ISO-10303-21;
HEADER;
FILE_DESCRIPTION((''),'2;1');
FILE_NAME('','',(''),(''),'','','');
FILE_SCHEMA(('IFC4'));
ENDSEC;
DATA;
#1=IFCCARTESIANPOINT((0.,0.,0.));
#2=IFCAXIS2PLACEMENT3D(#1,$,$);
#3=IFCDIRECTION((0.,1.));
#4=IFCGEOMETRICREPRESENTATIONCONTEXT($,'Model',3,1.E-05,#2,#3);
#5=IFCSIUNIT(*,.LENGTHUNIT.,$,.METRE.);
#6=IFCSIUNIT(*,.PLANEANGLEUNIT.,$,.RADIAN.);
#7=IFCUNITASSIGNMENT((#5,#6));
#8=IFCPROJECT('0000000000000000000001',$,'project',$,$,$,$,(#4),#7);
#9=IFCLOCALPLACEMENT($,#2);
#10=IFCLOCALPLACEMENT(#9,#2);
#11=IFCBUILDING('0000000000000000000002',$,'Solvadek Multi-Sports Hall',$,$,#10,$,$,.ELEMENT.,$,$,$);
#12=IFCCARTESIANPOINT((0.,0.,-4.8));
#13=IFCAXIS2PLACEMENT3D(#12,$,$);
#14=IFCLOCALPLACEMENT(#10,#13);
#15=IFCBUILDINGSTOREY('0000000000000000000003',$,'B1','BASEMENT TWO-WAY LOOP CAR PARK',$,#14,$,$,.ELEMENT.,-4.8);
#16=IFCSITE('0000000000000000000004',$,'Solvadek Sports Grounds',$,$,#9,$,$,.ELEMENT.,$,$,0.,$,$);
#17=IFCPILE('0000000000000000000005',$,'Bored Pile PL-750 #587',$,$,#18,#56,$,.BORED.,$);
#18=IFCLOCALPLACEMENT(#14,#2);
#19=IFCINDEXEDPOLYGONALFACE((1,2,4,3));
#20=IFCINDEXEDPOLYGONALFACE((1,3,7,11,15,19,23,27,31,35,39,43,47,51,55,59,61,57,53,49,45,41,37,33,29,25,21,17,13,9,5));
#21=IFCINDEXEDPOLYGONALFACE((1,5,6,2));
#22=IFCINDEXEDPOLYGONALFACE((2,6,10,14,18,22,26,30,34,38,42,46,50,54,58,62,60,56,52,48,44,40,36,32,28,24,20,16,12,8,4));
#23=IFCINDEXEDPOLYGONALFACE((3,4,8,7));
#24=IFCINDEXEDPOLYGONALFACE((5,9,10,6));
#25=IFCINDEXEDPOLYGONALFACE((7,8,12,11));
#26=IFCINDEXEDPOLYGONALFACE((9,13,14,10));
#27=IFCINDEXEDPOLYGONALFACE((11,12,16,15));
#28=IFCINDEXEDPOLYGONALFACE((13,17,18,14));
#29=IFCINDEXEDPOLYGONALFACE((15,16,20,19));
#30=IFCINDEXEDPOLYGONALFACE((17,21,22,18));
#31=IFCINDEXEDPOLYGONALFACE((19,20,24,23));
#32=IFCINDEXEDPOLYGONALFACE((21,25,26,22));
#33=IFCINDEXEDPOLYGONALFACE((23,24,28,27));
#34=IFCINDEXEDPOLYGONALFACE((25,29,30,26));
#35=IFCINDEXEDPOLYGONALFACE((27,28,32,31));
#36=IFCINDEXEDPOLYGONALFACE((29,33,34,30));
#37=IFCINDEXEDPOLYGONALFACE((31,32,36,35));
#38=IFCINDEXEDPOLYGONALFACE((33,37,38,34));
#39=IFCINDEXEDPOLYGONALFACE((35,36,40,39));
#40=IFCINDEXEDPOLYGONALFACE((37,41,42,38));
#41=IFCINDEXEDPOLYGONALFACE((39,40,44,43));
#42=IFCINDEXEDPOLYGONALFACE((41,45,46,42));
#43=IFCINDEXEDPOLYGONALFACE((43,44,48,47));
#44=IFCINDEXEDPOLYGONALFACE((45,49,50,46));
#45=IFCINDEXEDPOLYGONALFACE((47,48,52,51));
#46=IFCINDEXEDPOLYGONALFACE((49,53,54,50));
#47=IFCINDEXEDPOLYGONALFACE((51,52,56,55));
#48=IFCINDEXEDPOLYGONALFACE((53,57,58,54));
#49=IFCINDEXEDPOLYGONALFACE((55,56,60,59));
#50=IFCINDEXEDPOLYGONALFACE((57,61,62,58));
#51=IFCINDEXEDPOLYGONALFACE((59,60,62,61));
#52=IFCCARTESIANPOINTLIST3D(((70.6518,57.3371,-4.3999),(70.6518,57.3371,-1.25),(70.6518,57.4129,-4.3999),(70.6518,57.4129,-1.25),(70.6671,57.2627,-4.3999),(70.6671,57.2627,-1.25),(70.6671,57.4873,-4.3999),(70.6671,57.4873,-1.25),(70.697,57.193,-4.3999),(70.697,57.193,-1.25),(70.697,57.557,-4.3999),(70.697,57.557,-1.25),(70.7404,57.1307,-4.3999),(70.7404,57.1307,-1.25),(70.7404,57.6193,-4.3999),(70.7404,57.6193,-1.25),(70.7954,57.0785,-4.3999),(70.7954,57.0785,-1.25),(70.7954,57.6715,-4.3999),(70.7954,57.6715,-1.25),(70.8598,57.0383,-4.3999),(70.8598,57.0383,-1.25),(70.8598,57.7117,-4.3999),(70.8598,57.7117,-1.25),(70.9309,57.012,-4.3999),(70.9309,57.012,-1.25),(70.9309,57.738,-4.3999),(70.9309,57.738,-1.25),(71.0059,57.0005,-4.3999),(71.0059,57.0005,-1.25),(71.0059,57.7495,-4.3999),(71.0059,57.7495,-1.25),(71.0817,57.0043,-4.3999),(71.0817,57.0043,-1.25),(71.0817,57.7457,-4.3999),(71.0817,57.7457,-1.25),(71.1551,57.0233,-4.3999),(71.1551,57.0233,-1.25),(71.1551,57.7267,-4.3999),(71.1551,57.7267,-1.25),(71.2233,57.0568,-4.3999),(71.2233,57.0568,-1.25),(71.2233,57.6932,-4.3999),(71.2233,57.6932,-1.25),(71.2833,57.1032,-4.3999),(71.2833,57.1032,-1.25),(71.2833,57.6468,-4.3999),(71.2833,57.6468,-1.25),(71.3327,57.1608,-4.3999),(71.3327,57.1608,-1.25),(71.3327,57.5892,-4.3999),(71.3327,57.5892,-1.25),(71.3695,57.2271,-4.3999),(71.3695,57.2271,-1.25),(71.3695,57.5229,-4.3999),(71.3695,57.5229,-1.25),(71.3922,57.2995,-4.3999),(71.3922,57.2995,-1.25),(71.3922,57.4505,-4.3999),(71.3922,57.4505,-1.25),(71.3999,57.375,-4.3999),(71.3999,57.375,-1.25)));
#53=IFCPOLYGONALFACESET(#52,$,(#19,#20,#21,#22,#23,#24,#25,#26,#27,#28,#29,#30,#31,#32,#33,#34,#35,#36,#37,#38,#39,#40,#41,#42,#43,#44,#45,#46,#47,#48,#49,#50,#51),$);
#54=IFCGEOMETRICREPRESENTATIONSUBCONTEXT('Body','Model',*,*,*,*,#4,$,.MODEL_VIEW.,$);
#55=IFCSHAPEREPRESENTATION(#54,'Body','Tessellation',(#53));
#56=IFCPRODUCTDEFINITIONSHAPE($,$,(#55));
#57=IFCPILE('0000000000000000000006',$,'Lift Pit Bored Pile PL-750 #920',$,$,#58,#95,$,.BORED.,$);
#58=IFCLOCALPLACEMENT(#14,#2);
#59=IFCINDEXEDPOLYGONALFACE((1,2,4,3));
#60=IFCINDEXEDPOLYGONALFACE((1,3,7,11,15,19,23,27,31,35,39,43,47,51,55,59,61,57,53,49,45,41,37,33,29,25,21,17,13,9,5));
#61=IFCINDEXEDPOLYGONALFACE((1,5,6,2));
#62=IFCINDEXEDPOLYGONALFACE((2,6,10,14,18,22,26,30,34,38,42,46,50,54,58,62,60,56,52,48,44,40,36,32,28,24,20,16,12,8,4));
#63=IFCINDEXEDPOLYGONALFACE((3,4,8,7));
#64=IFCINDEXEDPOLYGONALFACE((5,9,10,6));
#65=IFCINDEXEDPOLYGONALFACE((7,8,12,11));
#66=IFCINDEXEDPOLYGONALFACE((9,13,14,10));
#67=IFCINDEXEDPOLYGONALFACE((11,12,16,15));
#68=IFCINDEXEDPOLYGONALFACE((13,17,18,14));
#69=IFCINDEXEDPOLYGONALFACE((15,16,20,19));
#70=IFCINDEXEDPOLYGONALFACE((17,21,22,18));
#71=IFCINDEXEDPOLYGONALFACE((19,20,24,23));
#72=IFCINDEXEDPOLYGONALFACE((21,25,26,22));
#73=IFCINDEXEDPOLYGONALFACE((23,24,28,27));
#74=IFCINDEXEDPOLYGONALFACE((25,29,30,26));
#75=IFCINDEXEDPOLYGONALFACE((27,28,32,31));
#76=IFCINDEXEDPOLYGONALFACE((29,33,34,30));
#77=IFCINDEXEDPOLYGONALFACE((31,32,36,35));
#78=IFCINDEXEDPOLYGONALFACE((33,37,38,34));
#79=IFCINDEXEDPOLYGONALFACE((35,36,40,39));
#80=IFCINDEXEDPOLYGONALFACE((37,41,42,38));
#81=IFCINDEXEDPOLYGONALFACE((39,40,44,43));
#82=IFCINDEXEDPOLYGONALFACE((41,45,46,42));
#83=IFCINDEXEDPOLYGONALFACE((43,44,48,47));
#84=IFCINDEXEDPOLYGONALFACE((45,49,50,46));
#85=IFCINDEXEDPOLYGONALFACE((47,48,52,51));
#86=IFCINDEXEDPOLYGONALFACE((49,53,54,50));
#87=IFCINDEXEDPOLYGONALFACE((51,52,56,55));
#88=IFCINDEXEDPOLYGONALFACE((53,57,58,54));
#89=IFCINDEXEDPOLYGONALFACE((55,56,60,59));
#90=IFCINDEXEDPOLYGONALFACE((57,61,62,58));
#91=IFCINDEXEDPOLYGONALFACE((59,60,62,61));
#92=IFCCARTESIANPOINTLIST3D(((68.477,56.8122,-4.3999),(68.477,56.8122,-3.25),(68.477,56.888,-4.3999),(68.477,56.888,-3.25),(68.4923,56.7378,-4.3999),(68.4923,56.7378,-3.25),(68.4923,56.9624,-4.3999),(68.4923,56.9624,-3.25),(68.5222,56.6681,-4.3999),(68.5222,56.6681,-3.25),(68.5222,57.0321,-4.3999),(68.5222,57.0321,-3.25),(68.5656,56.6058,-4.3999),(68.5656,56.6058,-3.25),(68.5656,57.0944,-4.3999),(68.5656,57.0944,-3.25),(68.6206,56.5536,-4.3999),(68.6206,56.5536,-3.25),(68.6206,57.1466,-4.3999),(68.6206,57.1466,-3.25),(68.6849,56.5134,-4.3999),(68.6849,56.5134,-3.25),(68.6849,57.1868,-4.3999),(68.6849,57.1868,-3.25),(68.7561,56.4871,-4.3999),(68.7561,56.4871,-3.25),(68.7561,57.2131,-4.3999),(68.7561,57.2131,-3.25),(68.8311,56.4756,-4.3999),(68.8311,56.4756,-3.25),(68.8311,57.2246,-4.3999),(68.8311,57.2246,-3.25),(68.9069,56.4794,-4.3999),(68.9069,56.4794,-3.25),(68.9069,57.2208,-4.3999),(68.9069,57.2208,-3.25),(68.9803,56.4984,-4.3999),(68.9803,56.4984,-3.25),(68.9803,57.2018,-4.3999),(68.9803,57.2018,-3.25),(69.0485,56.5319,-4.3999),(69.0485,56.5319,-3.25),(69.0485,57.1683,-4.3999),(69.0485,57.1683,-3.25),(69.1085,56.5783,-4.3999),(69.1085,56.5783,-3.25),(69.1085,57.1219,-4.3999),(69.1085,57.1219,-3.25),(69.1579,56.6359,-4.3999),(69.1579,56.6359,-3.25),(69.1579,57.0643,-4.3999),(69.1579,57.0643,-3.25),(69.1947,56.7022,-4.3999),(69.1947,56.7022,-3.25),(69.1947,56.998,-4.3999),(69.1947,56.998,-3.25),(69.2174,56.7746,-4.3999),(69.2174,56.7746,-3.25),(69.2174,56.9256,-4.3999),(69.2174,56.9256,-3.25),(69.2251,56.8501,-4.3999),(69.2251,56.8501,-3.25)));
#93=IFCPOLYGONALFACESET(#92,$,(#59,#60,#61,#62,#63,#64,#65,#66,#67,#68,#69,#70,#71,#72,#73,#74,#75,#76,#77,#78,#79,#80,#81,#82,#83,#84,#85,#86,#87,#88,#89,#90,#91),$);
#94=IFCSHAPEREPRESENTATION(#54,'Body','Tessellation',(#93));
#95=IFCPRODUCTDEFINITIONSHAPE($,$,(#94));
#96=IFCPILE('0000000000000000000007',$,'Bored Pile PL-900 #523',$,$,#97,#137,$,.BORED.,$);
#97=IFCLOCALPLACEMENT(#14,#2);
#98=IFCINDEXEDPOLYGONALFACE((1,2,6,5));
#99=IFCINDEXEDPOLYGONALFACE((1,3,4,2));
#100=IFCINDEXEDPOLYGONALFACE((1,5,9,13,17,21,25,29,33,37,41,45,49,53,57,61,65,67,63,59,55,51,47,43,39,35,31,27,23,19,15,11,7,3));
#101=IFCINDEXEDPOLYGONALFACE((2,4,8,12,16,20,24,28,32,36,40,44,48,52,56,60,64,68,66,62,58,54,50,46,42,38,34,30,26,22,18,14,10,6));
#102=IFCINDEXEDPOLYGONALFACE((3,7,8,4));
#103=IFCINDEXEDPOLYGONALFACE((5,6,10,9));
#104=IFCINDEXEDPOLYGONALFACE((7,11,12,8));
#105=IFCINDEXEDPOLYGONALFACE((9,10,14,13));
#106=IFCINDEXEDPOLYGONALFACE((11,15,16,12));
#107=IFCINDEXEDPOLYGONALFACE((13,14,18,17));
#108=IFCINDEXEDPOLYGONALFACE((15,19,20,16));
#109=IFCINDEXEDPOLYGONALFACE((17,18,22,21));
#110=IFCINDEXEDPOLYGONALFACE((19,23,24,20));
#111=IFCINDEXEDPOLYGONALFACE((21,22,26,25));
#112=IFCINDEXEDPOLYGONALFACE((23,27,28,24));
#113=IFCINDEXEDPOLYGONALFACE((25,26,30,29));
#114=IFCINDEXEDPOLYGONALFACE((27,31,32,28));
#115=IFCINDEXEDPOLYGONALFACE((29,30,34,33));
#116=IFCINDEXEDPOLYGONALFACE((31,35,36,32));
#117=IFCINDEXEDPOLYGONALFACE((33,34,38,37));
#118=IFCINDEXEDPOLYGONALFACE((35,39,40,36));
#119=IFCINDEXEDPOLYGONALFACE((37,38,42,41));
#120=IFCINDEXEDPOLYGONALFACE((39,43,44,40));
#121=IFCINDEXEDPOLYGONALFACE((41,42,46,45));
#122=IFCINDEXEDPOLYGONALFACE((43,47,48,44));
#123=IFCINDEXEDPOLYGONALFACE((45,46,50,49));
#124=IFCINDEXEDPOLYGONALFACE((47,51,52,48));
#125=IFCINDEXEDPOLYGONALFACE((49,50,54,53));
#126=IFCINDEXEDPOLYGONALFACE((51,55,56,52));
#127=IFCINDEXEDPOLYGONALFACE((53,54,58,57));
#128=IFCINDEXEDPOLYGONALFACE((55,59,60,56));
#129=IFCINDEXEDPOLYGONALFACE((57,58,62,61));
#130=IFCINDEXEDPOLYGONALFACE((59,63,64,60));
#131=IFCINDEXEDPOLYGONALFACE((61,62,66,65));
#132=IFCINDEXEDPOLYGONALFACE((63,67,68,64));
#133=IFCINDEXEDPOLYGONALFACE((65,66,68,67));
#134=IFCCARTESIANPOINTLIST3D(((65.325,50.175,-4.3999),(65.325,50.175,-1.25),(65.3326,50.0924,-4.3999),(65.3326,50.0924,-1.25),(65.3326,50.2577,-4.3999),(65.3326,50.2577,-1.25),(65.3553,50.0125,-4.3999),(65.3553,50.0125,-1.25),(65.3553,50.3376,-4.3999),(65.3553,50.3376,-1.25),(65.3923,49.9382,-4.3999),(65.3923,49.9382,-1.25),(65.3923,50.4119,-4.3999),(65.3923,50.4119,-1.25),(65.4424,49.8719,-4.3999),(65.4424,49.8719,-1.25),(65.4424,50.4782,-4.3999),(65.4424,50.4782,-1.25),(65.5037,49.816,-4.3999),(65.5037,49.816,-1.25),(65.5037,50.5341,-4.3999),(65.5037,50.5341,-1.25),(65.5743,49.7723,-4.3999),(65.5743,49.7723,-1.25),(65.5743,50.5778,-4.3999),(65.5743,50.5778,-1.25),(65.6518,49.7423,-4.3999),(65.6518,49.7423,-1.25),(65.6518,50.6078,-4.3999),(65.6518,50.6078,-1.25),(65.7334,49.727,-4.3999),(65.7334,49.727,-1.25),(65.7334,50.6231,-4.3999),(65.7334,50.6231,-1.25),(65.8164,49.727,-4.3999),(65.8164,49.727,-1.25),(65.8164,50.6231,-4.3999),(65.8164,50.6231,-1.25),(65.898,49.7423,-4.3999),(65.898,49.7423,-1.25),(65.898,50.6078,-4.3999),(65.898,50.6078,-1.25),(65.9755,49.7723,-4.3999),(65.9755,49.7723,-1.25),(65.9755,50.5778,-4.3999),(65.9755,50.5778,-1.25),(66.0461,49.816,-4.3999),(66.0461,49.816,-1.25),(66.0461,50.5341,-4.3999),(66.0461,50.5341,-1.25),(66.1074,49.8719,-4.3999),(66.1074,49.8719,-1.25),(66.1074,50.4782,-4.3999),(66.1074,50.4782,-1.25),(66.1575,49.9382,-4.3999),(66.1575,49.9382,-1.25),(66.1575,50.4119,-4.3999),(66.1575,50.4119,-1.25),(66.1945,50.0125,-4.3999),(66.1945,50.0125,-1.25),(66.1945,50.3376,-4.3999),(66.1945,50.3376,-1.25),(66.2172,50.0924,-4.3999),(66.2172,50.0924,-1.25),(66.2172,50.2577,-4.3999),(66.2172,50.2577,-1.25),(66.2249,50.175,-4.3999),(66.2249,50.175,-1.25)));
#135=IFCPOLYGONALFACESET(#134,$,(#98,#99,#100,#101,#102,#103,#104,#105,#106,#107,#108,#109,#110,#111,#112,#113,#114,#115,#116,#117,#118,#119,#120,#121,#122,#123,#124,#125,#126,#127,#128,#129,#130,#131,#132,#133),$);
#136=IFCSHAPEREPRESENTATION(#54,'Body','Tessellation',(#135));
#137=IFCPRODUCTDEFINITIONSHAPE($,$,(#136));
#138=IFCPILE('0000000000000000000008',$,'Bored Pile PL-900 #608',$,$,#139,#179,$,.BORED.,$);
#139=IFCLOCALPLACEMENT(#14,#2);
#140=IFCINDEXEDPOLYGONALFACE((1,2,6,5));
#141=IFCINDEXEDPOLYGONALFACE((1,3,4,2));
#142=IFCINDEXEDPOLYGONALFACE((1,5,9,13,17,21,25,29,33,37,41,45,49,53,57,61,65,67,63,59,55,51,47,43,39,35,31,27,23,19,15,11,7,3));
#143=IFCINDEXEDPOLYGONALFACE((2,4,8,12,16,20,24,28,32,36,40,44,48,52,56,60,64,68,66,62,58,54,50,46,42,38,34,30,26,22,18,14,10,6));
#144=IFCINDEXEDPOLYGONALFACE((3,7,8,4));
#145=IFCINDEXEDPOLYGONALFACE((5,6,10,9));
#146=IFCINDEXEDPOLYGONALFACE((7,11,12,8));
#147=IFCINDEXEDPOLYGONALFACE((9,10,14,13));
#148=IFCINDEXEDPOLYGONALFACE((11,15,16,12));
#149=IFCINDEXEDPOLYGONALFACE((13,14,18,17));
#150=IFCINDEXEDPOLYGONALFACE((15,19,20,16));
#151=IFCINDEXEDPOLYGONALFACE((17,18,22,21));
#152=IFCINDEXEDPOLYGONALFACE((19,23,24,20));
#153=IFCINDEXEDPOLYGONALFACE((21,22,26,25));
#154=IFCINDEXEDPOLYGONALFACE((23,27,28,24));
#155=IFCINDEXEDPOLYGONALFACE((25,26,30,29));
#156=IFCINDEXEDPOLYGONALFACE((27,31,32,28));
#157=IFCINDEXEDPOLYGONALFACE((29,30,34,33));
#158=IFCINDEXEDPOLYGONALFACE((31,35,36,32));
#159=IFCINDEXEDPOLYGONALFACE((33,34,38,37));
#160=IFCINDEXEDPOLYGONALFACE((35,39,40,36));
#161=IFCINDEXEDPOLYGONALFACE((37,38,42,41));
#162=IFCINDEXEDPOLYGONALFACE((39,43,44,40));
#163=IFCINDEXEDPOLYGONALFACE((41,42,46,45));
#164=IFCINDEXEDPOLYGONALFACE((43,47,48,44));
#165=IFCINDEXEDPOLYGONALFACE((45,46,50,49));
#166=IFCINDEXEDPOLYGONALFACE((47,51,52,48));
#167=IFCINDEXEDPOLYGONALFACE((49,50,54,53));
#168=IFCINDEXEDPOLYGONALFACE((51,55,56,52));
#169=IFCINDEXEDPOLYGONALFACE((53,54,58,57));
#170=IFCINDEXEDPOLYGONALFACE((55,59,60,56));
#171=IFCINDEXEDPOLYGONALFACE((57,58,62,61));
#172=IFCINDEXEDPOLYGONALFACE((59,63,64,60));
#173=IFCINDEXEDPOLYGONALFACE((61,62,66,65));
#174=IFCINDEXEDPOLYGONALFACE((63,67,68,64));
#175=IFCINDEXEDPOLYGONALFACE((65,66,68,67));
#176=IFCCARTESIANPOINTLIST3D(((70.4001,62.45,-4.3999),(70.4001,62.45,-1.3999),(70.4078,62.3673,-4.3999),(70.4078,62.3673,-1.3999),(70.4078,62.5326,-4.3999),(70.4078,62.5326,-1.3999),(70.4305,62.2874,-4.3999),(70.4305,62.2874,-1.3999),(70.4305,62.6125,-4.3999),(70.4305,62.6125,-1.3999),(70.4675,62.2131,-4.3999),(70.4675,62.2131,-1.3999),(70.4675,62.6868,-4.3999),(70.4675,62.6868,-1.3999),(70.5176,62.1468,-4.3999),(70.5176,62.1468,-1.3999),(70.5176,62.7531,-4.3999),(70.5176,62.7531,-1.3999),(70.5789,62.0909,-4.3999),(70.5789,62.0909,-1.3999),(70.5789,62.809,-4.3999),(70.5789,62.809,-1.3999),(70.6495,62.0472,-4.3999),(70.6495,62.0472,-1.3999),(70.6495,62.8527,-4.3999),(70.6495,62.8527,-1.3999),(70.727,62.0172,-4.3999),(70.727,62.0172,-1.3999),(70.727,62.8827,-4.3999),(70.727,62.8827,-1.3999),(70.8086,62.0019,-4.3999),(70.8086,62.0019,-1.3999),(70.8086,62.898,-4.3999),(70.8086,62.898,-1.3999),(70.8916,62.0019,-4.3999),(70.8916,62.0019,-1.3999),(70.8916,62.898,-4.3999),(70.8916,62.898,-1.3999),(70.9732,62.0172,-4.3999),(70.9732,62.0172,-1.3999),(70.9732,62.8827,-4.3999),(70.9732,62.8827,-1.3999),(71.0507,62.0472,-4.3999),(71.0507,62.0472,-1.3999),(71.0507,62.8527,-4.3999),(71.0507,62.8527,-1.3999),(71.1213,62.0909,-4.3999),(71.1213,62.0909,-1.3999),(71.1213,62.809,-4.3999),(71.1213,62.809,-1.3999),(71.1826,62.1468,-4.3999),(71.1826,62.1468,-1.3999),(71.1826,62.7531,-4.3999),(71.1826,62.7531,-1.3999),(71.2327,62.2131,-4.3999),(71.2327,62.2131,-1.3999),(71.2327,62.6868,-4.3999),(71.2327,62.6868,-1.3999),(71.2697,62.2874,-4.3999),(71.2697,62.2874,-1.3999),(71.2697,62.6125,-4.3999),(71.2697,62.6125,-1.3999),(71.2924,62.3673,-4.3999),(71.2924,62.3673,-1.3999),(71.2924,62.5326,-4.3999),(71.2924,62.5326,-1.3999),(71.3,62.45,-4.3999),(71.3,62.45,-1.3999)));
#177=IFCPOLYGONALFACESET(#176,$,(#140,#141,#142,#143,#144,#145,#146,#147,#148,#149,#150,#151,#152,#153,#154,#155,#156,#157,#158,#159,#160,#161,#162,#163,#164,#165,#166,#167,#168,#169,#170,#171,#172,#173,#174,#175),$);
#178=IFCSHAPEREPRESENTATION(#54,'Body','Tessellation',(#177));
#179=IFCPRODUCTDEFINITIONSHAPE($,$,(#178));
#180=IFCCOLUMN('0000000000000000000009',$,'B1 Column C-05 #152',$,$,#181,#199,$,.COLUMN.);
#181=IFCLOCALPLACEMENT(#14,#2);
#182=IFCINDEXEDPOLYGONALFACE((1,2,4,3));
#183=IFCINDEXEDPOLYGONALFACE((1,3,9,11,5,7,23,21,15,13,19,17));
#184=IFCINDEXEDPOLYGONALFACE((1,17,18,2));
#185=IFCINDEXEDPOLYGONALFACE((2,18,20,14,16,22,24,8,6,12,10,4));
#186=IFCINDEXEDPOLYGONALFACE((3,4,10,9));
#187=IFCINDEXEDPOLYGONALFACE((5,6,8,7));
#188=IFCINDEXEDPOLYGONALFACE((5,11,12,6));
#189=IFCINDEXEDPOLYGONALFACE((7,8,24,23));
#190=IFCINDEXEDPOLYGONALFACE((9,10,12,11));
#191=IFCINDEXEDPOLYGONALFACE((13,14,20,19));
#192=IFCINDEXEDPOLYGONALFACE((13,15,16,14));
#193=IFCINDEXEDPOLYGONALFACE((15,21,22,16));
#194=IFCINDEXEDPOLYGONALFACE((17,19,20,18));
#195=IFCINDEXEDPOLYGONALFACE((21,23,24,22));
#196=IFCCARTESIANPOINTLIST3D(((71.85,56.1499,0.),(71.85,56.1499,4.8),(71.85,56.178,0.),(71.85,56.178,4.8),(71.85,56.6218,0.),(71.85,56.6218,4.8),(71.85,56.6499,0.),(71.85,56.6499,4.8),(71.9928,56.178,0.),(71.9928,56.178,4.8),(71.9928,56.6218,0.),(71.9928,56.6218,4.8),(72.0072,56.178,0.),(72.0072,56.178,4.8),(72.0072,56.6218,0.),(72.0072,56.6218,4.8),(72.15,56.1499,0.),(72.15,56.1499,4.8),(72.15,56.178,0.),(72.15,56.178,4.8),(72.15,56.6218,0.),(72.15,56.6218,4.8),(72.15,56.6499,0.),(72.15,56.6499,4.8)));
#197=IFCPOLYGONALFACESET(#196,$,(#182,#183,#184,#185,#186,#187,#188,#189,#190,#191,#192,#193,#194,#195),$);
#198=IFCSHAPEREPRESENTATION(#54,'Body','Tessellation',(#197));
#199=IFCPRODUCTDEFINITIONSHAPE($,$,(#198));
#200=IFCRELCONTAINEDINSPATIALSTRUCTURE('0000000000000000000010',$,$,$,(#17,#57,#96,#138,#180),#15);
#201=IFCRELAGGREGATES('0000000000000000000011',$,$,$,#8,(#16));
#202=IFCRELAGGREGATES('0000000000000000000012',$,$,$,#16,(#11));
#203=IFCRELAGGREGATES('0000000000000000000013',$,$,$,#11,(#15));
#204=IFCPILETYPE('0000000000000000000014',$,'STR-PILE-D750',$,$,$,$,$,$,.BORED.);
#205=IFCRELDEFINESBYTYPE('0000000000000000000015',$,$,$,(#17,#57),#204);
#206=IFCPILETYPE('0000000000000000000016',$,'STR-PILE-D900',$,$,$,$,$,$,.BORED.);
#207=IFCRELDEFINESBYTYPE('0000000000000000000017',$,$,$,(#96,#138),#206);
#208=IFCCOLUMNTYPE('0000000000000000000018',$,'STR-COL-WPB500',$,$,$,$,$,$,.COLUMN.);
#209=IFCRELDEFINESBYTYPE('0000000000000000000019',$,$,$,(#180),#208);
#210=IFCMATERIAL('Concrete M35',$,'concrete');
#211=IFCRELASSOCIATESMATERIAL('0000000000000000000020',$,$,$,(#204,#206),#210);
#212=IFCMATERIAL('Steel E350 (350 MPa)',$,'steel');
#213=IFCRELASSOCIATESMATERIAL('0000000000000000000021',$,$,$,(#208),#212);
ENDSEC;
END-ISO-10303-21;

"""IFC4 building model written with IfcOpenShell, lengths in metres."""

from ifc_helpers import new_model, si_unit, direction, frame, origin, origin_2d, place, context, subcontext, project, spatial, circle, i_section, extrude, material, material_profile, profile_set, type_object, element, save


model = new_model("IFC4")

# Units and contexts
model_context = context("Model", 3, precision=1e-05, world=origin(), true_north=direction((0.0, 1.0)))
body_context = subcontext(model_context, "Body", "Model", "MODEL_VIEW")
ifc_project = project(units=[si_unit("LENGTHUNIT", "METRE"), si_unit("PLANEANGLEUNIT", "RADIAN")], contexts=[model_context])

# Site, building, storey
site_placement = place(None, origin())
site = spatial("IfcSite", under=ifc_project, at=site_placement, Name="Solvadek Sports Grounds", CompositionType="ELEMENT", RefElevation=0.0)
building_placement = place(site_placement, origin())
building = spatial("IfcBuilding", under=site, at=building_placement, Name="Solvadek Multi-Sports Hall", CompositionType="ELEMENT")
storey_placement = place(building_placement, frame((0.0, 0.0, -4.8)))
storey = spatial("IfcBuildingStorey", under=building, at=storey_placement, Name="B1", Description="BASEMENT TWO-WAY LOOP CAR PARK", CompositionType="ELEMENT", Elevation=-4.8)

# Piles
ifc_material_1 = material(Name="Concrete M35", Category="concrete")
ifc_material_profile_1 = material_profile(ifc_material_1, circle(Radius=0.375, at=origin_2d()), Name="BORED PILE D750")
ifc_profile_set_1 = profile_set([ifc_material_profile_1], Name="Concrete M35")
pile_type_1 = type_object("IfcPileType", Name="STR-PILE-D750", PredefinedType="BORED", material=ifc_profile_set_1)
for number, where, z_axis, x_axis, name in (
    (1, (71.0249, 57.375, -1.25), (0.0, 0.0, -1.0), (1.0, 0.0, 0.0), "Bored Pile PL-750 #587"),
):
    element("IfcPile", number, at=place(storey_placement, frame(where, z_axis=z_axis, x_axis=x_axis)), inside=storey, type_object=pile_type_1, Name=name, PredefinedType="BORED", context=body_context, shape_type="SweptSolid", body=[
        extrude(circle(Radius=0.375, at=origin_2d()), origin(), (0.0, 0.0, 1.0), 3.1499),
    ])
pile_1_placement = place(storey_placement, frame((68.8501, 56.8501, -3.25), z_axis=(0.0, 0.0, -1.0), x_axis=(1.0, 0.0, 0.0)))
element("IfcPile", 2, at=pile_1_placement, inside=storey, type_object=pile_type_1, Name="Lift Pit Bored Pile PL-750 #920", PredefinedType="BORED", context=body_context, shape_type="SweptSolid", body=[
    extrude(circle(Radius=0.375, at=origin_2d()), origin(), (0.0, 0.0, 1.0), 1.1499),
])
ifc_material_profile_2 = material_profile(ifc_material_1, circle(Radius=0.45, at=origin_2d()), Name="BORED PILE D900")
ifc_profile_set_2 = profile_set([ifc_material_profile_2], Name="Concrete M35")
pile_type_2 = type_object("IfcPileType", Name="STR-PILE-D900", PredefinedType="BORED", material=ifc_profile_set_2)
pile_2_placement = place(storey_placement, frame((65.7749, 50.175, -1.25), z_axis=(0.0, 0.0, -1.0), x_axis=(1.0, 0.0, 0.0)))
element("IfcPile", 3, at=pile_2_placement, inside=storey, type_object=pile_type_2, Name="Bored Pile PL-900 #523", PredefinedType="BORED", context=body_context, shape_type="SweptSolid", body=[
    extrude(circle(Radius=0.45, at=origin_2d()), origin(), (0.0, 0.0, 1.0), 3.1499),
])
pile_3_placement = place(storey_placement, frame((70.8501, 62.45, -1.3999), z_axis=(0.0, 0.0, -1.0), x_axis=(1.0, 0.0, 0.0)))
element("IfcPile", 4, at=pile_3_placement, inside=storey, type_object=pile_type_2, Name="Bored Pile PL-900 #608", PredefinedType="BORED", context=body_context, shape_type="SweptSolid", body=[
    extrude(circle(Radius=0.45, at=origin_2d()), origin(), (0.0, 0.0, 1.0), 3.0),
])

# Column
ifc_material_2 = material(Name="Steel E350 (350 MPa)", Category="steel")
ifc_material_profile_3 = material_profile(ifc_material_2, i_section(OverallWidth=0.3, OverallDepth=0.5, WebThickness=0.0144, FlangeThickness=0.0281, at=origin_2d()), Name="WPB 500")
ifc_profile_set_3 = profile_set([ifc_material_profile_3], Name="Steel E350 (350 MPa)")
column_type = type_object("IfcColumnType", Name="STR-COL-WPB500", PredefinedType="COLUMN", material=ifc_profile_set_3)
column_placement = place(storey_placement, frame((72.0, 56.3999, 0.0), z_axis=(0.0, 0.0, 1.0), x_axis=(1.0, 0.0, 0.0)))
element("IfcColumn", 5, at=column_placement, inside=storey, type_object=column_type, Name="B1 Column C-05 #152", PredefinedType="COLUMN", context=body_context, shape_type="SweptSolid", body=[
    extrude(i_section(OverallWidth=0.3, OverallDepth=0.5, WebThickness=0.0144, FlangeThickness=0.0281, at=origin_2d()), origin(), (0.0, 0.0, 1.0), 4.8),
])

save(model, "model.ifc")
